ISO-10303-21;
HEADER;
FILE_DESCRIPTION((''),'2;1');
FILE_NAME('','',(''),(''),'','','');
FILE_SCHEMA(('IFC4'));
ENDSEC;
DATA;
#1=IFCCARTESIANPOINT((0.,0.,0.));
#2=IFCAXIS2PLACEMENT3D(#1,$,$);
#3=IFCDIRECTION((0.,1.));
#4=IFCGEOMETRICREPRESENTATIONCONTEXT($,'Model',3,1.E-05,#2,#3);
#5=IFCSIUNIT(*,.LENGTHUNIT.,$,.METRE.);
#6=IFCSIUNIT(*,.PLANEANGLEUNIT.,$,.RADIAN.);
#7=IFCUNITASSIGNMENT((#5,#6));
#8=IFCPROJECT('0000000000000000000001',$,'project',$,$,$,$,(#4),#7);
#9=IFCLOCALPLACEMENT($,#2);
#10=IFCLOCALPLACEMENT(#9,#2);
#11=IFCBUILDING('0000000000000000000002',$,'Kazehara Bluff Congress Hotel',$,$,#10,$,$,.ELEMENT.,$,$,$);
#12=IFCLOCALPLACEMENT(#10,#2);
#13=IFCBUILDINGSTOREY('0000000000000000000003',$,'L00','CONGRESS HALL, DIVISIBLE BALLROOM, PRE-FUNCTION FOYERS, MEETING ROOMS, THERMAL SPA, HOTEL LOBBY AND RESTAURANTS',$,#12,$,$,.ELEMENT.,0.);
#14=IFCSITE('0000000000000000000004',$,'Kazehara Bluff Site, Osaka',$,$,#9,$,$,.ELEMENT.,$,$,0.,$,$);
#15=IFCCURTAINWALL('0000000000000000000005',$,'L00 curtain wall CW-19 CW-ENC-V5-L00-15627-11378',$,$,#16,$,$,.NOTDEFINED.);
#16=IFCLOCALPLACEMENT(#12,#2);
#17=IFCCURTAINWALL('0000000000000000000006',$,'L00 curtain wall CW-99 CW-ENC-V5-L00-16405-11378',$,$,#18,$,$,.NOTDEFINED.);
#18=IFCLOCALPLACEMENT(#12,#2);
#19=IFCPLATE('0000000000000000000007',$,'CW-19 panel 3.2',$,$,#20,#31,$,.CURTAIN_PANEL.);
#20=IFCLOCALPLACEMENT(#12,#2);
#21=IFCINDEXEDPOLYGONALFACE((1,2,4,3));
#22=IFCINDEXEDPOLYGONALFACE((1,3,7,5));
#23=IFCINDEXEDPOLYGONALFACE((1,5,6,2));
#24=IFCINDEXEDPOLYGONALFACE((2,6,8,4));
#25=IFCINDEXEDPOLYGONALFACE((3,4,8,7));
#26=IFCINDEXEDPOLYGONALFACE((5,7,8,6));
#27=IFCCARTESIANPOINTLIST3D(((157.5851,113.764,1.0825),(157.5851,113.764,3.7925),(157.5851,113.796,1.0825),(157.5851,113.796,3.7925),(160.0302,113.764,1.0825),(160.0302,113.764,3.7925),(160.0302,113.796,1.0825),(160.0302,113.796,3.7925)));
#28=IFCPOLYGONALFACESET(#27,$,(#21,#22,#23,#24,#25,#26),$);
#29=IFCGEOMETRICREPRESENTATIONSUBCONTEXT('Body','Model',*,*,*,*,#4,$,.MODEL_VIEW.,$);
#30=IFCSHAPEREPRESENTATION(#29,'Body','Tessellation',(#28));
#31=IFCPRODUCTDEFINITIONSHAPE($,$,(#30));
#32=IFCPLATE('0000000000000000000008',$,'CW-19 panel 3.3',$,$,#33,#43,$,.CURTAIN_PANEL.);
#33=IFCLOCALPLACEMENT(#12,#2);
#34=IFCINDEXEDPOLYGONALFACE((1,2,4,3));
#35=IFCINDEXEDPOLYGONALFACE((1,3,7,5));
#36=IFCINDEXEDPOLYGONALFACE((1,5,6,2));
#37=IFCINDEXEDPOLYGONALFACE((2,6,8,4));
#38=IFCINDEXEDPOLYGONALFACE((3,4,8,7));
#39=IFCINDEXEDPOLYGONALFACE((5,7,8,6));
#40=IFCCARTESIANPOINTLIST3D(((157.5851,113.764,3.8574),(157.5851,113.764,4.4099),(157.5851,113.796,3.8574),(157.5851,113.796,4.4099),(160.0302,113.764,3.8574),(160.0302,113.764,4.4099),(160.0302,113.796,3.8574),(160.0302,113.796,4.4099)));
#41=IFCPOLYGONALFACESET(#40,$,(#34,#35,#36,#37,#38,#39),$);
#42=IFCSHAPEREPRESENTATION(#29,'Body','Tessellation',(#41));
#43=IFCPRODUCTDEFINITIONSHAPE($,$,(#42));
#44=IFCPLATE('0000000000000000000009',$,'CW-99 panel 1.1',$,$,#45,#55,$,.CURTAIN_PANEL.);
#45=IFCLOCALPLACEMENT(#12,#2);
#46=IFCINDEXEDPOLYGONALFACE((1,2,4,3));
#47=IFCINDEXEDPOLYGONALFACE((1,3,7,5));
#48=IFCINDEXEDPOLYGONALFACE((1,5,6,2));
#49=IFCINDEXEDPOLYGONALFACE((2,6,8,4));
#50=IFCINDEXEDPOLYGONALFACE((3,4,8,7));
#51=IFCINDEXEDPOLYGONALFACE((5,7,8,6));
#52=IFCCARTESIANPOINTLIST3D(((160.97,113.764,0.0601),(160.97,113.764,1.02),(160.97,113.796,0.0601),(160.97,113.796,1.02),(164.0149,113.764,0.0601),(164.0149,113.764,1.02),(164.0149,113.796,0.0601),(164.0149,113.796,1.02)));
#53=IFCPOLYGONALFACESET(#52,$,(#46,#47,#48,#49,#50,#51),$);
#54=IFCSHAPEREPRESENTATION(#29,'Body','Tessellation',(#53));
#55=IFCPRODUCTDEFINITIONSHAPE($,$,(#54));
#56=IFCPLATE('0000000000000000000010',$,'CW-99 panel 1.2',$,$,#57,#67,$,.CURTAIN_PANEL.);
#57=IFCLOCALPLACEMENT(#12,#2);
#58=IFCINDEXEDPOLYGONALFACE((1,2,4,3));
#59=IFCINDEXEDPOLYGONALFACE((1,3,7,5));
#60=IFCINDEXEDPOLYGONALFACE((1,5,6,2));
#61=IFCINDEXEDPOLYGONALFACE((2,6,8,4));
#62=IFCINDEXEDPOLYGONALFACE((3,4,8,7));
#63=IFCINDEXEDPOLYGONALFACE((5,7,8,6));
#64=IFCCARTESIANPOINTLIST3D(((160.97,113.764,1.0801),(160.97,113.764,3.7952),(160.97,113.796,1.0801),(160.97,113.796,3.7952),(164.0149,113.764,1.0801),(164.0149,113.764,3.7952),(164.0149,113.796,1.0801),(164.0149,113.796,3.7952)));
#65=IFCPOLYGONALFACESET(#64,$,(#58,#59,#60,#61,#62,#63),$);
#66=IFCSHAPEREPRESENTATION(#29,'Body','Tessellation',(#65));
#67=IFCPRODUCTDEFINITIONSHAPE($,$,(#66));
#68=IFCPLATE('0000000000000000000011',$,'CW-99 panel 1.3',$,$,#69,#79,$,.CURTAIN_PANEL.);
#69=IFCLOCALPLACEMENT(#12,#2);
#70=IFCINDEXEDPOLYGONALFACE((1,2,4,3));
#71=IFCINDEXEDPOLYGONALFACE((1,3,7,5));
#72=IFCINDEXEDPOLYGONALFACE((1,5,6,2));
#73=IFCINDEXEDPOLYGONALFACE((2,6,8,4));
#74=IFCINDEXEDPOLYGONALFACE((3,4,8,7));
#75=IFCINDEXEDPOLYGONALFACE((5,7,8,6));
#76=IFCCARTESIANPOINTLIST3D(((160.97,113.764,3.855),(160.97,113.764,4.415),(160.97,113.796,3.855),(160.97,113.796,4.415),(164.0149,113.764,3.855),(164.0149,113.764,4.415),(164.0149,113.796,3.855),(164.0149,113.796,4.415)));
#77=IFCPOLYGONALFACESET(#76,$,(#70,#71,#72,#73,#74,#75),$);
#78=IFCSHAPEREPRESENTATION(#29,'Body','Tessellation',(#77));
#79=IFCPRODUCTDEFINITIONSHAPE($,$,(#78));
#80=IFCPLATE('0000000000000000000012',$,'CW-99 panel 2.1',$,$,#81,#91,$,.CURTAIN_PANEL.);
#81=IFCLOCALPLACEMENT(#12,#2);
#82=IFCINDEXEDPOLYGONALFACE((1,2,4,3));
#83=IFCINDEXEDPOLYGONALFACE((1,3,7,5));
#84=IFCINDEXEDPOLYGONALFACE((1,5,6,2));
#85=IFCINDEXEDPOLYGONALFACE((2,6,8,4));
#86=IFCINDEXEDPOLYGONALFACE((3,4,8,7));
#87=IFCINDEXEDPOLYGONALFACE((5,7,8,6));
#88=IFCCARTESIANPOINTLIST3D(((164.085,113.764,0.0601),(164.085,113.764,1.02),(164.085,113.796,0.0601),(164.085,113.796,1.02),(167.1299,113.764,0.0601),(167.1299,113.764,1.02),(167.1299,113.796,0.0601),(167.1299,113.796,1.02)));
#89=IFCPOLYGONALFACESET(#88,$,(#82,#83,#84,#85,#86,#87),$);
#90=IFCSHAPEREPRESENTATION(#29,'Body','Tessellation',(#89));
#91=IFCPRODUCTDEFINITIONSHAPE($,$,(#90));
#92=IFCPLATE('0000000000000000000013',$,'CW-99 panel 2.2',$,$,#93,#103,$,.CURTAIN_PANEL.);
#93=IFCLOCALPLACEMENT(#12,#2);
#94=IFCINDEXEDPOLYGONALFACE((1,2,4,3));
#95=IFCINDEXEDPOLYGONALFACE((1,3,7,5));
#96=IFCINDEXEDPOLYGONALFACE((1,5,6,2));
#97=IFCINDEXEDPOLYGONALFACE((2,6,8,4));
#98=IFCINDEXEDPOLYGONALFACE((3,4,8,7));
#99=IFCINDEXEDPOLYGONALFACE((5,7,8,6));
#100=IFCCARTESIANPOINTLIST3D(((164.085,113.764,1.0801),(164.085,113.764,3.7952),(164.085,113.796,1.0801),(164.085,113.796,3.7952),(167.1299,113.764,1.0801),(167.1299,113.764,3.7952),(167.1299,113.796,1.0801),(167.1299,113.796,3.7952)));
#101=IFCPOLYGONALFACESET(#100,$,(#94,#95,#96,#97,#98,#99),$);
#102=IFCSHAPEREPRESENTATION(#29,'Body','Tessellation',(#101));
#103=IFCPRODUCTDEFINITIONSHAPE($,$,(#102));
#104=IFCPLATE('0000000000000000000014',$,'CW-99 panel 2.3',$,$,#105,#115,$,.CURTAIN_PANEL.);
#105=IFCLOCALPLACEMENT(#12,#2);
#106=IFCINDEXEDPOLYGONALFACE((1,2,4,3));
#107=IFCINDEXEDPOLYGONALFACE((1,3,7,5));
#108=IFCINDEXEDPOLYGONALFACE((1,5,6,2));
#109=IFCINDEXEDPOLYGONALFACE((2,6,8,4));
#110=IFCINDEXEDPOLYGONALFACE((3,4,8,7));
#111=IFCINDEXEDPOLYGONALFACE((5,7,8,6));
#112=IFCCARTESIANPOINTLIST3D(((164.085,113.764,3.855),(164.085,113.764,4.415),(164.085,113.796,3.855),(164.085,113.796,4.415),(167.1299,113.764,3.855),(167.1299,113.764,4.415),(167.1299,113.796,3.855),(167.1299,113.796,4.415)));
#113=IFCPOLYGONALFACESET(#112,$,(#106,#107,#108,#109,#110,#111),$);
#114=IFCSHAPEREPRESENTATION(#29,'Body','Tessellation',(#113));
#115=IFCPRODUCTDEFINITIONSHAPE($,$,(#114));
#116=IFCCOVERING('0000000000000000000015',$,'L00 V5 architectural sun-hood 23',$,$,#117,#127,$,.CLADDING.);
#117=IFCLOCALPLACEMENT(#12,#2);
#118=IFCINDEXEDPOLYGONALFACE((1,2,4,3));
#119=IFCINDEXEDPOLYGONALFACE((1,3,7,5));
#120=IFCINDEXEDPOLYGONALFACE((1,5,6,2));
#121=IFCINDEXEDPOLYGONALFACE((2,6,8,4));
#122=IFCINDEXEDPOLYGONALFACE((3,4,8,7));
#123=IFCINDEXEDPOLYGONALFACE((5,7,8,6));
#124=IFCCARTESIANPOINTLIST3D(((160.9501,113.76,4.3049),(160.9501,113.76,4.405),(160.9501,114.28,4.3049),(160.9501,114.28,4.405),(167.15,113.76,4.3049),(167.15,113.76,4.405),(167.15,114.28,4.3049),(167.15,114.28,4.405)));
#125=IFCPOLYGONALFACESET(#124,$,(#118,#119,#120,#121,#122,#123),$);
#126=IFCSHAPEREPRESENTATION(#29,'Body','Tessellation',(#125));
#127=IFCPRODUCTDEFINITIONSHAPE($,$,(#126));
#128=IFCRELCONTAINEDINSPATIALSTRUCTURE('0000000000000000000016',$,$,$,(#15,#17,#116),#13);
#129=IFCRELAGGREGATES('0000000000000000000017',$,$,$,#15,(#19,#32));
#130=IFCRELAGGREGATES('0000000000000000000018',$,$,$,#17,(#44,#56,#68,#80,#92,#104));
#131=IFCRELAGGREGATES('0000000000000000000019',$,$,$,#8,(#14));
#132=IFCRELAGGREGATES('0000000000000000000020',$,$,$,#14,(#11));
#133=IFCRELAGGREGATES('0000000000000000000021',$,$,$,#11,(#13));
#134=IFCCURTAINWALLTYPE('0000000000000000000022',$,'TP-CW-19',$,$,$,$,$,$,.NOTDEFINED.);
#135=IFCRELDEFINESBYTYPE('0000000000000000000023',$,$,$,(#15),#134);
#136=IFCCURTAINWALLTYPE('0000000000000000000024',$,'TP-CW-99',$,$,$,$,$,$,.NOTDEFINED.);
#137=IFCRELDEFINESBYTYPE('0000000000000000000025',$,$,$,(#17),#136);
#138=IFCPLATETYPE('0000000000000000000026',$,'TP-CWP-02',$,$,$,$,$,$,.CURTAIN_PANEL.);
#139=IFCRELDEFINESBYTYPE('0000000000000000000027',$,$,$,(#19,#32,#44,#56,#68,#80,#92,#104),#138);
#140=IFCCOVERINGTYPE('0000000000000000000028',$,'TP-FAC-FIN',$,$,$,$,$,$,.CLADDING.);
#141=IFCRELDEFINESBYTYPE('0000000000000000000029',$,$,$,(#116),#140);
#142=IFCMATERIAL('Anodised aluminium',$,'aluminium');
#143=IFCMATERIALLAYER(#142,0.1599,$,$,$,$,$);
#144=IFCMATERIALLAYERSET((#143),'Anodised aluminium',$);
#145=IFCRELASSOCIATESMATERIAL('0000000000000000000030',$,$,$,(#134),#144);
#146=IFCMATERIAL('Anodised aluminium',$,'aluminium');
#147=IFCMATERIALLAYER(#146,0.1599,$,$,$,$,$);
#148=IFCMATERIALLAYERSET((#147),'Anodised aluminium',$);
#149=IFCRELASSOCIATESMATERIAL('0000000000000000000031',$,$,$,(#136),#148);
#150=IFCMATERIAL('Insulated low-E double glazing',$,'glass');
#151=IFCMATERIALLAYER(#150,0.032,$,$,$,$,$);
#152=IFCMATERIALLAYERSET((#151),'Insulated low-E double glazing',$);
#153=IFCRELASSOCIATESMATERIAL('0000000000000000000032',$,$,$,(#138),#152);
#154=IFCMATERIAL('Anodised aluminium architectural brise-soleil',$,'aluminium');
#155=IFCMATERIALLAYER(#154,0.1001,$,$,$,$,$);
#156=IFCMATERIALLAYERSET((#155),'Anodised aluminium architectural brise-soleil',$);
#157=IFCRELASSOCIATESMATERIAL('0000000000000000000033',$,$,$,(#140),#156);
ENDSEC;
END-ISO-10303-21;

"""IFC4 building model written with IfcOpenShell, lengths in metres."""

from ifc_helpers import new_model, si_unit, direction, frame, origin, origin_2d, place, context, subcontext, project, spatial, rectangle, extrude, material, layer, layer_set, type_object, element, aggregate, save


model = new_model("IFC4")

# Units and contexts
model_context = context("Model", 3, precision=1e-05, world=origin(), true_north=direction((0.0, 1.0)))
body_context = subcontext(model_context, "Body", "Model", "MODEL_VIEW")
ifc_project = project(units=[si_unit("LENGTHUNIT", "METRE"), si_unit("PLANEANGLEUNIT", "RADIAN")], contexts=[model_context])

# Site, building, storey
site_placement = place(None, origin())
site = spatial("IfcSite", under=ifc_project, at=site_placement, Name="Kazehara Bluff Site, Osaka", CompositionType="ELEMENT", RefElevation=0.0)
building_placement = place(site_placement, origin())
building = spatial("IfcBuilding", under=site, at=building_placement, Name="Kazehara Bluff Congress Hotel", CompositionType="ELEMENT")
storey_placement = place(building_placement, origin())
storey = spatial("IfcBuildingStorey", under=building, at=storey_placement, Name="L00", Description="CONGRESS HALL, DIVISIBLE BALLROOM, PRE-FUNCTION FOYERS, MEETING ROOMS, THERMAL SPA, HOTEL LOBBY AND RESTAURANTS", CompositionType="ELEMENT", Elevation=0.0)

# Curtain wall
ifc_material_1 = material(Name="Anodised aluminium", Category="aluminium")
ifc_layer_1 = layer(ifc_material_1, 0.1599)
ifc_layer_set_1 = layer_set([ifc_layer_1], Name="Anodised aluminium")
curtain_wall_type_1 = type_object("IfcCurtainWallType", Name="TP-CW-19", PredefinedType="NOTDEFINED", material=ifc_layer_set_1)
curtain_wall_1_placement = place(storey_placement, origin())
curtain_wall_1 = element("IfcCurtainWall", 1, at=curtain_wall_1_placement, inside=storey, type_object=curtain_wall_type_1, Name="L00 curtain wall CW-19 CW-ENC-V5-L00-15627-11378", PredefinedType="NOTDEFINED")

# Curtain wall
ifc_material_2 = material(Name="Anodised aluminium", Category="aluminium")
ifc_layer_2 = layer(ifc_material_2, 0.1599)
ifc_layer_set_2 = layer_set([ifc_layer_2], Name="Anodised aluminium")
curtain_wall_type_2 = type_object("IfcCurtainWallType", Name="TP-CW-99", PredefinedType="NOTDEFINED", material=ifc_layer_set_2)
curtain_wall_2_placement = place(storey_placement, origin())
curtain_wall_2 = element("IfcCurtainWall", 2, at=curtain_wall_2_placement, inside=storey, type_object=curtain_wall_type_2, Name="L00 curtain wall CW-99 CW-ENC-V5-L00-16405-11378", PredefinedType="NOTDEFINED")

# Plates
ifc_material_3 = material(Name="Insulated low-E double glazing", Category="glass")
ifc_layer_3 = layer(ifc_material_3, 0.032)
ifc_layer_set_3 = layer_set([ifc_layer_3], Name="Insulated low-E double glazing")
plate_type = type_object("IfcPlateType", Name="TP-CWP-02", PredefinedType="CURTAIN_PANEL", material=ifc_layer_set_3)
plate_1_placement = place(storey_placement, frame((158.8076, 113.78, 1.0825), z_axis=(0.0, 0.0, 1.0), x_axis=(1.0, 0.0, 0.0)))
plate_1 = element("IfcPlate", 3, at=plate_1_placement, type_object=plate_type, Name="CW-19 panel 3.2", PredefinedType="CURTAIN_PANEL", context=body_context, shape_type="SweptSolid", body=[
    extrude(rectangle(XDim=2.4451, YDim=0.032, at=origin_2d()), origin(), (0.0, 0.0, 1.0), 2.71),
])
plate_2_placement = place(storey_placement, frame((158.8076, 113.78, 3.8574), z_axis=(0.0, 0.0, 1.0), x_axis=(1.0, 0.0, 0.0)))
plate_2 = element("IfcPlate", 4, at=plate_2_placement, type_object=plate_type, Name="CW-19 panel 3.3", PredefinedType="CURTAIN_PANEL", context=body_context, shape_type="SweptSolid", body=[
    extrude(rectangle(XDim=2.4451, YDim=0.032, at=origin_2d()), origin(), (0.0, 0.0, 1.0), 0.5525),
])
aggregate(curtain_wall_1, [plate_1, plate_2])
plate_3_placement = place(storey_placement, frame((162.4924, 113.78, 0.0601), z_axis=(0.0, 0.0, 1.0), x_axis=(1.0, 0.0, 0.0)))
plate_3 = element("IfcPlate", 5, at=plate_3_placement, type_object=plate_type, Name="CW-99 panel 1.1", PredefinedType="CURTAIN_PANEL", context=body_context, shape_type="SweptSolid", body=[
    extrude(rectangle(XDim=3.0449, YDim=0.032, at=origin_2d()), origin(), (0.0, 0.0, 1.0), 0.96),
])
plate_4_placement = place(storey_placement, frame((162.4924, 113.78, 1.0801), z_axis=(0.0, 0.0, 1.0), x_axis=(1.0, 0.0, 0.0)))
plate_4 = element("IfcPlate", 6, at=plate_4_placement, type_object=plate_type, Name="CW-99 panel 1.2", PredefinedType="CURTAIN_PANEL", context=body_context, shape_type="SweptSolid", body=[
    extrude(rectangle(XDim=3.0449, YDim=0.032, at=origin_2d()), origin(), (0.0, 0.0, 1.0), 2.7151),
])
plate_5_placement = place(storey_placement, frame((162.4924, 113.78, 3.855), z_axis=(0.0, 0.0, 1.0), x_axis=(1.0, 0.0, 0.0)))
plate_5 = element("IfcPlate", 7, at=plate_5_placement, type_object=plate_type, Name="CW-99 panel 1.3", PredefinedType="CURTAIN_PANEL", context=body_context, shape_type="SweptSolid", body=[
    extrude(rectangle(XDim=3.0449, YDim=0.032, at=origin_2d()), origin(), (0.0, 0.0, 1.0), 0.5601),
])
plate_6_placement = place(storey_placement, frame((165.6074, 113.78, 0.0601), z_axis=(0.0, 0.0, 1.0), x_axis=(1.0, 0.0, 0.0)))
plate_6 = element("IfcPlate", 8, at=plate_6_placement, type_object=plate_type, Name="CW-99 panel 2.1", PredefinedType="CURTAIN_PANEL", context=body_context, shape_type="SweptSolid", body=[
    extrude(rectangle(XDim=3.0449, YDim=0.032, at=origin_2d()), origin(), (0.0, 0.0, 1.0), 0.96),
])
plate_7_placement = place(storey_placement, frame((165.6074, 113.78, 1.0801), z_axis=(0.0, 0.0, 1.0), x_axis=(1.0, 0.0, 0.0)))
plate_7 = element("IfcPlate", 9, at=plate_7_placement, type_object=plate_type, Name="CW-99 panel 2.2", PredefinedType="CURTAIN_PANEL", context=body_context, shape_type="SweptSolid", body=[
    extrude(rectangle(XDim=3.0449, YDim=0.032, at=origin_2d()), origin(), (0.0, 0.0, 1.0), 2.7151),
])
plate_8_placement = place(storey_placement, frame((165.6074, 113.78, 3.855), z_axis=(0.0, 0.0, 1.0), x_axis=(1.0, 0.0, 0.0)))
plate_8 = element("IfcPlate", 10, at=plate_8_placement, type_object=plate_type, Name="CW-99 panel 2.3", PredefinedType="CURTAIN_PANEL", context=body_context, shape_type="SweptSolid", body=[
    extrude(rectangle(XDim=3.0449, YDim=0.032, at=origin_2d()), origin(), (0.0, 0.0, 1.0), 0.5601),
])
aggregate(curtain_wall_2, [plate_3, plate_4, plate_5, plate_6, plate_7, plate_8])

# Covering
ifc_material_4 = material(Name="Anodised aluminium architectural brise-soleil", Category="aluminium")
ifc_layer_4 = layer(ifc_material_4, 0.1001)
ifc_layer_set_4 = layer_set([ifc_layer_4], Name="Anodised aluminium architectural brise-soleil")
covering_type = type_object("IfcCoveringType", Name="TP-FAC-FIN", PredefinedType="CLADDING", material=ifc_layer_set_4)
covering_placement = place(storey_placement, frame((164.05, 114.02, 4.3049), z_axis=(0.0, 0.0, 1.0), x_axis=(1.0, 0.0, 0.0)))
element("IfcCovering", 11, at=covering_placement, inside=storey, type_object=covering_type, Name="L00 V5 architectural sun-hood 23", PredefinedType="CLADDING", context=body_context, shape_type="SweptSolid", body=[
    extrude(rectangle(XDim=6.2, YDim=0.52, at=origin_2d()), origin(), (0.0, 0.0, 1.0), 0.1001),
])

save(model, "model.ifc")
